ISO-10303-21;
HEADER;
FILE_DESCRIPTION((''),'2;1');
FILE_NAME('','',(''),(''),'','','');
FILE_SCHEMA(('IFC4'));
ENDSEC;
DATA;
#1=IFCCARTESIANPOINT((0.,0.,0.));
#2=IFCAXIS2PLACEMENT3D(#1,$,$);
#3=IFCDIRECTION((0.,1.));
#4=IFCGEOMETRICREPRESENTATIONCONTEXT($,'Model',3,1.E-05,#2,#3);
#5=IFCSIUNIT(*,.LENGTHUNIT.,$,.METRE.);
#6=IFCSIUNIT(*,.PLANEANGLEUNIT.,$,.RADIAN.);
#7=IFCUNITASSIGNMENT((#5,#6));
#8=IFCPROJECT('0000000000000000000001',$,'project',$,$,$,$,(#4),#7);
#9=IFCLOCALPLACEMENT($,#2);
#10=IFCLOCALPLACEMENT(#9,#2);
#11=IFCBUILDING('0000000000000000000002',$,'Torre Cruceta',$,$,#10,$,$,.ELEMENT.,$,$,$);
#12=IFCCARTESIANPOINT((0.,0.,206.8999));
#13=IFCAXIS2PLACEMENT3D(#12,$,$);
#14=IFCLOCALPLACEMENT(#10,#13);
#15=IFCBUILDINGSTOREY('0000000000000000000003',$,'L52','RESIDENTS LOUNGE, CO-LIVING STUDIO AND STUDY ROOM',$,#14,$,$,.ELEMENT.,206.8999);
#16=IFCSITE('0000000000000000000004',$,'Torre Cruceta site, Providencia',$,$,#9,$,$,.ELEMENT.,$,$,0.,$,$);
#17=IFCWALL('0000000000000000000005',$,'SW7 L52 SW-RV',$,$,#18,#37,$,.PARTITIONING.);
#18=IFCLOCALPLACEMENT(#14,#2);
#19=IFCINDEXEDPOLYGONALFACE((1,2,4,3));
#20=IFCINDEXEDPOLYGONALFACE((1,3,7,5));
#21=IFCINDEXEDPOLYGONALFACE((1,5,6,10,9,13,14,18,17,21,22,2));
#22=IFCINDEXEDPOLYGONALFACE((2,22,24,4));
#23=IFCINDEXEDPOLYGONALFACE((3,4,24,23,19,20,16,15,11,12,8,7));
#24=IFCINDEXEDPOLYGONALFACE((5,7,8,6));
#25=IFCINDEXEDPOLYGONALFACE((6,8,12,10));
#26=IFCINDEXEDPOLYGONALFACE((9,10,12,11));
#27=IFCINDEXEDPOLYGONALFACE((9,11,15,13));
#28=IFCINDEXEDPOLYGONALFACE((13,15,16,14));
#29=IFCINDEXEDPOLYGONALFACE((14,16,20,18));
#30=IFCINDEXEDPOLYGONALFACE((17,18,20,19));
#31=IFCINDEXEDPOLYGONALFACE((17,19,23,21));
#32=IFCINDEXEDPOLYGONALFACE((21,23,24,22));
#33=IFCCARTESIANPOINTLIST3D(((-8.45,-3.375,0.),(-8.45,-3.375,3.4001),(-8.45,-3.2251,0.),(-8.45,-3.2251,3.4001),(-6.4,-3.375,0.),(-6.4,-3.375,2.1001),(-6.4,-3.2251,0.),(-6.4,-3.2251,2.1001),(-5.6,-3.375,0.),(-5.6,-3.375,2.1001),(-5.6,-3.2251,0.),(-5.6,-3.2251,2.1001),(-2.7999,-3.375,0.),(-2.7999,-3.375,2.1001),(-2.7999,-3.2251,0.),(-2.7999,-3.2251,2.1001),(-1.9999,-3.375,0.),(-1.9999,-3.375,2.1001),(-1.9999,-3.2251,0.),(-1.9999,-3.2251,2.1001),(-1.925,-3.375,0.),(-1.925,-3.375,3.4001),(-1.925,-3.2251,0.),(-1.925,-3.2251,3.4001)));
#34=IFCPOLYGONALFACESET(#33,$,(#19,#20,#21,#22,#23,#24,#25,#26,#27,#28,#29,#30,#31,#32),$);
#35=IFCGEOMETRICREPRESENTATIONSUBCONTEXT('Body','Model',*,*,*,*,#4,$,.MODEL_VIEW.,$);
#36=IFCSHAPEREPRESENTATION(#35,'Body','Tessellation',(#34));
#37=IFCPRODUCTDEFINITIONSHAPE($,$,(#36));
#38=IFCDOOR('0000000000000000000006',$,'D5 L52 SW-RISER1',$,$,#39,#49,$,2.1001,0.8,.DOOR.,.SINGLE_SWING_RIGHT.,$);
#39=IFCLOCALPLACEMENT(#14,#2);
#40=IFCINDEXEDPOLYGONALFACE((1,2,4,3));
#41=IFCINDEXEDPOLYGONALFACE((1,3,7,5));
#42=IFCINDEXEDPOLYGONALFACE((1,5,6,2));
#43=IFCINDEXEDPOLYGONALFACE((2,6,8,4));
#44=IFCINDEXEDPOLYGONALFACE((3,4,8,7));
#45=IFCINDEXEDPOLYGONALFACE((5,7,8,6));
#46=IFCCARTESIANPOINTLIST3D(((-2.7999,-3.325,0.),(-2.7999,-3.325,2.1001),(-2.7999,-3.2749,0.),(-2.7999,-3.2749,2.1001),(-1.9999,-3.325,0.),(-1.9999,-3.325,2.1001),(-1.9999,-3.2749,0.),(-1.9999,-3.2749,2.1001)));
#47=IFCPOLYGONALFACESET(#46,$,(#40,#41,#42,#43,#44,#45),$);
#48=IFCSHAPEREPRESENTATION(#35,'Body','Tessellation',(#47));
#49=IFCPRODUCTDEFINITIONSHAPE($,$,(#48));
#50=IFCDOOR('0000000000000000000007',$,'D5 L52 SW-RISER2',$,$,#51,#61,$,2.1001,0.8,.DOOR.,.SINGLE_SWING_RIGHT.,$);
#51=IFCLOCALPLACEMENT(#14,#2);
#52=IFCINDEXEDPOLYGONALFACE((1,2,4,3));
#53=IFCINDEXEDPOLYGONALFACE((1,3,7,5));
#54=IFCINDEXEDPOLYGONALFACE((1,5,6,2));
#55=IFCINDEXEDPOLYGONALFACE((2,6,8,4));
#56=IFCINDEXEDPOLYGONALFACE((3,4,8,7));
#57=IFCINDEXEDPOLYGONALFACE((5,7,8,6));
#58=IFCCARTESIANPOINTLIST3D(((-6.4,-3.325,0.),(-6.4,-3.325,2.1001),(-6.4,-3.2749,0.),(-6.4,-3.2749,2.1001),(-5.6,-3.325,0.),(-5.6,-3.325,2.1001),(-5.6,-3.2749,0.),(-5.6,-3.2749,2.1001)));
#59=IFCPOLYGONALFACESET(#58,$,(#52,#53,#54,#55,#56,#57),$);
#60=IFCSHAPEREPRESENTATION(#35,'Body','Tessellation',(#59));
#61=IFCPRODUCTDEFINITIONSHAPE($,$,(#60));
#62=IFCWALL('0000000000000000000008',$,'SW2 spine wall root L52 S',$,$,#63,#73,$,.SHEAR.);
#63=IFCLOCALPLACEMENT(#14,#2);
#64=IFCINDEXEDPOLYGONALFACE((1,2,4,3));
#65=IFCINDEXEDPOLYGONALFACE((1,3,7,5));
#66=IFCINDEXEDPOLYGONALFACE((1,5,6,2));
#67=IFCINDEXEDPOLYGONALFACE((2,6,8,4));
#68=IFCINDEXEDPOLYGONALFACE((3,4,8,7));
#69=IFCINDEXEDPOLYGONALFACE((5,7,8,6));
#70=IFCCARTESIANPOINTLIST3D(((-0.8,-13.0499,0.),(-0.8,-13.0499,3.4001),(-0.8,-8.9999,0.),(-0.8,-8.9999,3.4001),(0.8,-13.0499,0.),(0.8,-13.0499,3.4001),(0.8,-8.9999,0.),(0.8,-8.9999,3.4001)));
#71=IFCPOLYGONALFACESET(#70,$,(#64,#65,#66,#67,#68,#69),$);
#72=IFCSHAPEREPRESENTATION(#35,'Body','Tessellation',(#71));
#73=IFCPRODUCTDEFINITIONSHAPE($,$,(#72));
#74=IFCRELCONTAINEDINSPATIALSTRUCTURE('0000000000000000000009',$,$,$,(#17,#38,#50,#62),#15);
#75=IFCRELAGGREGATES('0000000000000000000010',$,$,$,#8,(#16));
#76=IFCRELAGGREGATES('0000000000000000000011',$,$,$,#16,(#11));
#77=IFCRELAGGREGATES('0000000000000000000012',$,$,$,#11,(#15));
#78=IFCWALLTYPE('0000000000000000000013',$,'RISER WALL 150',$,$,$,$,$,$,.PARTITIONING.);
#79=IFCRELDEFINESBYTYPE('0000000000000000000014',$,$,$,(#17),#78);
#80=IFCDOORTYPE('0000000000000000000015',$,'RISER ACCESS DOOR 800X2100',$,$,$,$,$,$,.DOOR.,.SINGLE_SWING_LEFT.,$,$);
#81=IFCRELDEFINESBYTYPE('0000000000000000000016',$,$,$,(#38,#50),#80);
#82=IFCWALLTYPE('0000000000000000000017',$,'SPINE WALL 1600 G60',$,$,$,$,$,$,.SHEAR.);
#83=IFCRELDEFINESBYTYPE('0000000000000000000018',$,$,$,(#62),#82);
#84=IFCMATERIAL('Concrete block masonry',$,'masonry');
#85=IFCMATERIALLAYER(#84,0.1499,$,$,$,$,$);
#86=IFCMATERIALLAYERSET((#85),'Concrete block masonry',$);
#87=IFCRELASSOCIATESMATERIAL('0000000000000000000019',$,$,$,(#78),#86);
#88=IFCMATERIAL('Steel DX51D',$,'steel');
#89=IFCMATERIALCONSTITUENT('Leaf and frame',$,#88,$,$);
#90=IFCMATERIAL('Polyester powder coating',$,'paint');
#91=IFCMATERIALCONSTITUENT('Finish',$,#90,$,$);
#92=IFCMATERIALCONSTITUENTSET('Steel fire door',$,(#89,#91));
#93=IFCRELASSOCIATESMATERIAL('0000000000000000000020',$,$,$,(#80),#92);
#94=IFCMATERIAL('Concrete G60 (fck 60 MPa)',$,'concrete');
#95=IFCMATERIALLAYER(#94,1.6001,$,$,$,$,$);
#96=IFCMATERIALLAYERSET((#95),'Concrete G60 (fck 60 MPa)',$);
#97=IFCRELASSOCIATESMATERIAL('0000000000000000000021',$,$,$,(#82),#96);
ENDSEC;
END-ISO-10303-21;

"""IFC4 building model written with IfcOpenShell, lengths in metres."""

from ifc_helpers import new_model, si_unit, direction, frame, frame_2d, origin, place, context, subcontext, project, spatial, rectangle, extrude, material, layer, layer_set, constituent, constituent_set, type_object, element, fill, save


model = new_model("IFC4")

# Units and contexts
model_context = context("Model", 3, precision=1e-05, world=origin(), true_north=direction((0.0, 1.0)))
body_context = subcontext(model_context, "Body", "Model", "MODEL_VIEW")
ifc_project = project(units=[si_unit("LENGTHUNIT", "METRE"), si_unit("PLANEANGLEUNIT", "RADIAN")], contexts=[model_context])

# Site, building, storey
site_placement = place(None, origin())
site = spatial("IfcSite", under=ifc_project, at=site_placement, Name="Torre Cruceta site, Providencia", CompositionType="ELEMENT", RefElevation=0.0)
building_placement = place(site_placement, origin())
building = spatial("IfcBuilding", under=site, at=building_placement, Name="Torre Cruceta", CompositionType="ELEMENT")
storey_placement = place(building_placement, frame((0.0, 0.0, 206.8999)))
storey = spatial("IfcBuildingStorey", under=building, at=storey_placement, Name="L52", Description="RESIDENTS LOUNGE, CO-LIVING STUDIO AND STUDY ROOM", CompositionType="ELEMENT", Elevation=206.8999)

# Wall, openings, doors
ifc_material_1 = material(Name="Concrete block masonry", Category="masonry")
ifc_layer_1 = layer(ifc_material_1, 0.1499)
ifc_layer_set_1 = layer_set([ifc_layer_1], Name="Concrete block masonry")
wall_type_1 = type_object("IfcWallType", Name="RISER WALL 150", PredefinedType="PARTITIONING", material=ifc_layer_set_1)
wall_1_placement = place(storey_placement, frame((-1.925, -3.3, 0.0), z_axis=(0.0, 0.0, 1.0), x_axis=(-1.0, 0.0, 0.0)))
wall_1 = element("IfcWall", 1, at=wall_1_placement, inside=storey, type_object=wall_type_1, Name="SW7 L52 SW-RV", PredefinedType="PARTITIONING", context=body_context, shape_type="SweptSolid", body=[
    extrude(rectangle(XDim=6.5249, YDim=0.1499, at=frame_2d((3.2625, 0.0))), origin(), (0.0, 0.0, 1.0), 3.4001),
])
opening_1_placement = place(wall_1_placement, frame((0.075, 0.0, 0.0)))
opening_1 = element("IfcOpeningElement", 2, at=opening_1_placement, cuts=wall_1, PredefinedType="OPENING", context=body_context, shape_type="SweptSolid", body=[
    extrude(rectangle(XDim=0.8, YDim=2.1001, at=frame_2d((0.3999, 1.05))), frame((0.0, 0.085, 0.0), z_axis=(0.0, -1.0, 0.0), x_axis=(1.0, 0.0, 0.0)), (0.0, 0.0, 1.0), 0.1699),
])
opening_2_placement = place(wall_1_placement, frame((3.675, 0.0, 0.0)))
opening_2 = element("IfcOpeningElement", 3, at=opening_2_placement, cuts=wall_1, PredefinedType="OPENING", context=body_context, shape_type="SweptSolid", body=[
    extrude(rectangle(XDim=0.8, YDim=2.1001, at=frame_2d((0.3999, 1.05))), frame((0.0, 0.085, 0.0), z_axis=(0.0, -1.0, 0.0), x_axis=(1.0, 0.0, 0.0)), (0.0, 0.0, 1.0), 0.1699),
])
ifc_material_2 = material(Name="Steel DX51D", Category="steel")
ifc_constituent_1 = constituent(ifc_material_2, Name="Leaf and frame")
ifc_material_3 = material(Name="Polyester powder coating", Category="paint")
ifc_constituent_2 = constituent(ifc_material_3, Name="Finish")
ifc_constituent_set_1 = constituent_set(constituents=[ifc_constituent_1, ifc_constituent_2], Name="Steel fire door")
door_type_1 = type_object("IfcDoorType", Name="RISER ACCESS DOOR 800X2100", OperationType="SINGLE_SWING_LEFT", PredefinedType="DOOR", material=ifc_constituent_set_1)
door_1_placement = place(opening_1_placement, frame((0.8, 0.0, 0.0), z_axis=(0.0, 0.0, 1.0), x_axis=(-1.0, 0.0, 0.0)))
door_1 = element("IfcDoor", 4, at=door_1_placement, inside=storey, type_object=door_type_1, Name="D5 L52 SW-RISER1", OperationType="SINGLE_SWING_RIGHT", OverallHeight=2.1001, OverallWidth=0.8, PredefinedType="DOOR", context=body_context, shape_type="SweptSolid", body=[
    extrude(rectangle(XDim=0.8, YDim=2.1001, at=frame_2d((0.4001, 1.05))), frame((0.0, 0.0251, 0.0), z_axis=(0.0, -1.0, 0.0), x_axis=(1.0, 0.0, 0.0)), (0.0, 0.0, 1.0), 0.05),
])
fill(opening_1, door_1)
door_2_placement = place(opening_2_placement, frame((0.8, 0.0, 0.0), z_axis=(0.0, 0.0, 1.0), x_axis=(-1.0, 0.0, 0.0)))
door_2 = element("IfcDoor", 5, at=door_2_placement, inside=storey, type_object=door_type_1, Name="D5 L52 SW-RISER2", OperationType="SINGLE_SWING_RIGHT", OverallHeight=2.1001, OverallWidth=0.8, PredefinedType="DOOR", context=body_context, shape_type="SweptSolid", body=[
    extrude(rectangle(XDim=0.8, YDim=2.1001, at=frame_2d((0.4001, 1.05))), frame((0.0, 0.0251, 0.0), z_axis=(0.0, -1.0, 0.0), x_axis=(1.0, 0.0, 0.0)), (0.0, 0.0, 1.0), 0.05),
])
fill(opening_2, door_2)

# Wall
ifc_material_4 = material(Name="Concrete G60 (fck 60 MPa)", Category="concrete")
ifc_layer_2 = layer(ifc_material_4, 1.6001)
ifc_layer_set_2 = layer_set([ifc_layer_2], Name="Concrete G60 (fck 60 MPa)")
wall_type_2 = type_object("IfcWallType", Name="SPINE WALL 1600 G60", PredefinedType="SHEAR", material=ifc_layer_set_2)
wall_2_placement = place(storey_placement, frame((0.0, -9.0, 0.0), z_axis=(0.0, 0.0, 1.0), x_axis=(0.0, -1.0, 0.0)))
element("IfcWall", 6, at=wall_2_placement, inside=storey, type_object=wall_type_2, Name="SW2 spine wall root L52 S", PredefinedType="SHEAR", context=body_context, shape_type="SweptSolid", body=[
    extrude(rectangle(XDim=4.05, YDim=1.6001, at=frame_2d((2.0249, 0.0))), origin(), (0.0, 0.0, 1.0), 3.4001),
])

save(model, "model.ifc")
